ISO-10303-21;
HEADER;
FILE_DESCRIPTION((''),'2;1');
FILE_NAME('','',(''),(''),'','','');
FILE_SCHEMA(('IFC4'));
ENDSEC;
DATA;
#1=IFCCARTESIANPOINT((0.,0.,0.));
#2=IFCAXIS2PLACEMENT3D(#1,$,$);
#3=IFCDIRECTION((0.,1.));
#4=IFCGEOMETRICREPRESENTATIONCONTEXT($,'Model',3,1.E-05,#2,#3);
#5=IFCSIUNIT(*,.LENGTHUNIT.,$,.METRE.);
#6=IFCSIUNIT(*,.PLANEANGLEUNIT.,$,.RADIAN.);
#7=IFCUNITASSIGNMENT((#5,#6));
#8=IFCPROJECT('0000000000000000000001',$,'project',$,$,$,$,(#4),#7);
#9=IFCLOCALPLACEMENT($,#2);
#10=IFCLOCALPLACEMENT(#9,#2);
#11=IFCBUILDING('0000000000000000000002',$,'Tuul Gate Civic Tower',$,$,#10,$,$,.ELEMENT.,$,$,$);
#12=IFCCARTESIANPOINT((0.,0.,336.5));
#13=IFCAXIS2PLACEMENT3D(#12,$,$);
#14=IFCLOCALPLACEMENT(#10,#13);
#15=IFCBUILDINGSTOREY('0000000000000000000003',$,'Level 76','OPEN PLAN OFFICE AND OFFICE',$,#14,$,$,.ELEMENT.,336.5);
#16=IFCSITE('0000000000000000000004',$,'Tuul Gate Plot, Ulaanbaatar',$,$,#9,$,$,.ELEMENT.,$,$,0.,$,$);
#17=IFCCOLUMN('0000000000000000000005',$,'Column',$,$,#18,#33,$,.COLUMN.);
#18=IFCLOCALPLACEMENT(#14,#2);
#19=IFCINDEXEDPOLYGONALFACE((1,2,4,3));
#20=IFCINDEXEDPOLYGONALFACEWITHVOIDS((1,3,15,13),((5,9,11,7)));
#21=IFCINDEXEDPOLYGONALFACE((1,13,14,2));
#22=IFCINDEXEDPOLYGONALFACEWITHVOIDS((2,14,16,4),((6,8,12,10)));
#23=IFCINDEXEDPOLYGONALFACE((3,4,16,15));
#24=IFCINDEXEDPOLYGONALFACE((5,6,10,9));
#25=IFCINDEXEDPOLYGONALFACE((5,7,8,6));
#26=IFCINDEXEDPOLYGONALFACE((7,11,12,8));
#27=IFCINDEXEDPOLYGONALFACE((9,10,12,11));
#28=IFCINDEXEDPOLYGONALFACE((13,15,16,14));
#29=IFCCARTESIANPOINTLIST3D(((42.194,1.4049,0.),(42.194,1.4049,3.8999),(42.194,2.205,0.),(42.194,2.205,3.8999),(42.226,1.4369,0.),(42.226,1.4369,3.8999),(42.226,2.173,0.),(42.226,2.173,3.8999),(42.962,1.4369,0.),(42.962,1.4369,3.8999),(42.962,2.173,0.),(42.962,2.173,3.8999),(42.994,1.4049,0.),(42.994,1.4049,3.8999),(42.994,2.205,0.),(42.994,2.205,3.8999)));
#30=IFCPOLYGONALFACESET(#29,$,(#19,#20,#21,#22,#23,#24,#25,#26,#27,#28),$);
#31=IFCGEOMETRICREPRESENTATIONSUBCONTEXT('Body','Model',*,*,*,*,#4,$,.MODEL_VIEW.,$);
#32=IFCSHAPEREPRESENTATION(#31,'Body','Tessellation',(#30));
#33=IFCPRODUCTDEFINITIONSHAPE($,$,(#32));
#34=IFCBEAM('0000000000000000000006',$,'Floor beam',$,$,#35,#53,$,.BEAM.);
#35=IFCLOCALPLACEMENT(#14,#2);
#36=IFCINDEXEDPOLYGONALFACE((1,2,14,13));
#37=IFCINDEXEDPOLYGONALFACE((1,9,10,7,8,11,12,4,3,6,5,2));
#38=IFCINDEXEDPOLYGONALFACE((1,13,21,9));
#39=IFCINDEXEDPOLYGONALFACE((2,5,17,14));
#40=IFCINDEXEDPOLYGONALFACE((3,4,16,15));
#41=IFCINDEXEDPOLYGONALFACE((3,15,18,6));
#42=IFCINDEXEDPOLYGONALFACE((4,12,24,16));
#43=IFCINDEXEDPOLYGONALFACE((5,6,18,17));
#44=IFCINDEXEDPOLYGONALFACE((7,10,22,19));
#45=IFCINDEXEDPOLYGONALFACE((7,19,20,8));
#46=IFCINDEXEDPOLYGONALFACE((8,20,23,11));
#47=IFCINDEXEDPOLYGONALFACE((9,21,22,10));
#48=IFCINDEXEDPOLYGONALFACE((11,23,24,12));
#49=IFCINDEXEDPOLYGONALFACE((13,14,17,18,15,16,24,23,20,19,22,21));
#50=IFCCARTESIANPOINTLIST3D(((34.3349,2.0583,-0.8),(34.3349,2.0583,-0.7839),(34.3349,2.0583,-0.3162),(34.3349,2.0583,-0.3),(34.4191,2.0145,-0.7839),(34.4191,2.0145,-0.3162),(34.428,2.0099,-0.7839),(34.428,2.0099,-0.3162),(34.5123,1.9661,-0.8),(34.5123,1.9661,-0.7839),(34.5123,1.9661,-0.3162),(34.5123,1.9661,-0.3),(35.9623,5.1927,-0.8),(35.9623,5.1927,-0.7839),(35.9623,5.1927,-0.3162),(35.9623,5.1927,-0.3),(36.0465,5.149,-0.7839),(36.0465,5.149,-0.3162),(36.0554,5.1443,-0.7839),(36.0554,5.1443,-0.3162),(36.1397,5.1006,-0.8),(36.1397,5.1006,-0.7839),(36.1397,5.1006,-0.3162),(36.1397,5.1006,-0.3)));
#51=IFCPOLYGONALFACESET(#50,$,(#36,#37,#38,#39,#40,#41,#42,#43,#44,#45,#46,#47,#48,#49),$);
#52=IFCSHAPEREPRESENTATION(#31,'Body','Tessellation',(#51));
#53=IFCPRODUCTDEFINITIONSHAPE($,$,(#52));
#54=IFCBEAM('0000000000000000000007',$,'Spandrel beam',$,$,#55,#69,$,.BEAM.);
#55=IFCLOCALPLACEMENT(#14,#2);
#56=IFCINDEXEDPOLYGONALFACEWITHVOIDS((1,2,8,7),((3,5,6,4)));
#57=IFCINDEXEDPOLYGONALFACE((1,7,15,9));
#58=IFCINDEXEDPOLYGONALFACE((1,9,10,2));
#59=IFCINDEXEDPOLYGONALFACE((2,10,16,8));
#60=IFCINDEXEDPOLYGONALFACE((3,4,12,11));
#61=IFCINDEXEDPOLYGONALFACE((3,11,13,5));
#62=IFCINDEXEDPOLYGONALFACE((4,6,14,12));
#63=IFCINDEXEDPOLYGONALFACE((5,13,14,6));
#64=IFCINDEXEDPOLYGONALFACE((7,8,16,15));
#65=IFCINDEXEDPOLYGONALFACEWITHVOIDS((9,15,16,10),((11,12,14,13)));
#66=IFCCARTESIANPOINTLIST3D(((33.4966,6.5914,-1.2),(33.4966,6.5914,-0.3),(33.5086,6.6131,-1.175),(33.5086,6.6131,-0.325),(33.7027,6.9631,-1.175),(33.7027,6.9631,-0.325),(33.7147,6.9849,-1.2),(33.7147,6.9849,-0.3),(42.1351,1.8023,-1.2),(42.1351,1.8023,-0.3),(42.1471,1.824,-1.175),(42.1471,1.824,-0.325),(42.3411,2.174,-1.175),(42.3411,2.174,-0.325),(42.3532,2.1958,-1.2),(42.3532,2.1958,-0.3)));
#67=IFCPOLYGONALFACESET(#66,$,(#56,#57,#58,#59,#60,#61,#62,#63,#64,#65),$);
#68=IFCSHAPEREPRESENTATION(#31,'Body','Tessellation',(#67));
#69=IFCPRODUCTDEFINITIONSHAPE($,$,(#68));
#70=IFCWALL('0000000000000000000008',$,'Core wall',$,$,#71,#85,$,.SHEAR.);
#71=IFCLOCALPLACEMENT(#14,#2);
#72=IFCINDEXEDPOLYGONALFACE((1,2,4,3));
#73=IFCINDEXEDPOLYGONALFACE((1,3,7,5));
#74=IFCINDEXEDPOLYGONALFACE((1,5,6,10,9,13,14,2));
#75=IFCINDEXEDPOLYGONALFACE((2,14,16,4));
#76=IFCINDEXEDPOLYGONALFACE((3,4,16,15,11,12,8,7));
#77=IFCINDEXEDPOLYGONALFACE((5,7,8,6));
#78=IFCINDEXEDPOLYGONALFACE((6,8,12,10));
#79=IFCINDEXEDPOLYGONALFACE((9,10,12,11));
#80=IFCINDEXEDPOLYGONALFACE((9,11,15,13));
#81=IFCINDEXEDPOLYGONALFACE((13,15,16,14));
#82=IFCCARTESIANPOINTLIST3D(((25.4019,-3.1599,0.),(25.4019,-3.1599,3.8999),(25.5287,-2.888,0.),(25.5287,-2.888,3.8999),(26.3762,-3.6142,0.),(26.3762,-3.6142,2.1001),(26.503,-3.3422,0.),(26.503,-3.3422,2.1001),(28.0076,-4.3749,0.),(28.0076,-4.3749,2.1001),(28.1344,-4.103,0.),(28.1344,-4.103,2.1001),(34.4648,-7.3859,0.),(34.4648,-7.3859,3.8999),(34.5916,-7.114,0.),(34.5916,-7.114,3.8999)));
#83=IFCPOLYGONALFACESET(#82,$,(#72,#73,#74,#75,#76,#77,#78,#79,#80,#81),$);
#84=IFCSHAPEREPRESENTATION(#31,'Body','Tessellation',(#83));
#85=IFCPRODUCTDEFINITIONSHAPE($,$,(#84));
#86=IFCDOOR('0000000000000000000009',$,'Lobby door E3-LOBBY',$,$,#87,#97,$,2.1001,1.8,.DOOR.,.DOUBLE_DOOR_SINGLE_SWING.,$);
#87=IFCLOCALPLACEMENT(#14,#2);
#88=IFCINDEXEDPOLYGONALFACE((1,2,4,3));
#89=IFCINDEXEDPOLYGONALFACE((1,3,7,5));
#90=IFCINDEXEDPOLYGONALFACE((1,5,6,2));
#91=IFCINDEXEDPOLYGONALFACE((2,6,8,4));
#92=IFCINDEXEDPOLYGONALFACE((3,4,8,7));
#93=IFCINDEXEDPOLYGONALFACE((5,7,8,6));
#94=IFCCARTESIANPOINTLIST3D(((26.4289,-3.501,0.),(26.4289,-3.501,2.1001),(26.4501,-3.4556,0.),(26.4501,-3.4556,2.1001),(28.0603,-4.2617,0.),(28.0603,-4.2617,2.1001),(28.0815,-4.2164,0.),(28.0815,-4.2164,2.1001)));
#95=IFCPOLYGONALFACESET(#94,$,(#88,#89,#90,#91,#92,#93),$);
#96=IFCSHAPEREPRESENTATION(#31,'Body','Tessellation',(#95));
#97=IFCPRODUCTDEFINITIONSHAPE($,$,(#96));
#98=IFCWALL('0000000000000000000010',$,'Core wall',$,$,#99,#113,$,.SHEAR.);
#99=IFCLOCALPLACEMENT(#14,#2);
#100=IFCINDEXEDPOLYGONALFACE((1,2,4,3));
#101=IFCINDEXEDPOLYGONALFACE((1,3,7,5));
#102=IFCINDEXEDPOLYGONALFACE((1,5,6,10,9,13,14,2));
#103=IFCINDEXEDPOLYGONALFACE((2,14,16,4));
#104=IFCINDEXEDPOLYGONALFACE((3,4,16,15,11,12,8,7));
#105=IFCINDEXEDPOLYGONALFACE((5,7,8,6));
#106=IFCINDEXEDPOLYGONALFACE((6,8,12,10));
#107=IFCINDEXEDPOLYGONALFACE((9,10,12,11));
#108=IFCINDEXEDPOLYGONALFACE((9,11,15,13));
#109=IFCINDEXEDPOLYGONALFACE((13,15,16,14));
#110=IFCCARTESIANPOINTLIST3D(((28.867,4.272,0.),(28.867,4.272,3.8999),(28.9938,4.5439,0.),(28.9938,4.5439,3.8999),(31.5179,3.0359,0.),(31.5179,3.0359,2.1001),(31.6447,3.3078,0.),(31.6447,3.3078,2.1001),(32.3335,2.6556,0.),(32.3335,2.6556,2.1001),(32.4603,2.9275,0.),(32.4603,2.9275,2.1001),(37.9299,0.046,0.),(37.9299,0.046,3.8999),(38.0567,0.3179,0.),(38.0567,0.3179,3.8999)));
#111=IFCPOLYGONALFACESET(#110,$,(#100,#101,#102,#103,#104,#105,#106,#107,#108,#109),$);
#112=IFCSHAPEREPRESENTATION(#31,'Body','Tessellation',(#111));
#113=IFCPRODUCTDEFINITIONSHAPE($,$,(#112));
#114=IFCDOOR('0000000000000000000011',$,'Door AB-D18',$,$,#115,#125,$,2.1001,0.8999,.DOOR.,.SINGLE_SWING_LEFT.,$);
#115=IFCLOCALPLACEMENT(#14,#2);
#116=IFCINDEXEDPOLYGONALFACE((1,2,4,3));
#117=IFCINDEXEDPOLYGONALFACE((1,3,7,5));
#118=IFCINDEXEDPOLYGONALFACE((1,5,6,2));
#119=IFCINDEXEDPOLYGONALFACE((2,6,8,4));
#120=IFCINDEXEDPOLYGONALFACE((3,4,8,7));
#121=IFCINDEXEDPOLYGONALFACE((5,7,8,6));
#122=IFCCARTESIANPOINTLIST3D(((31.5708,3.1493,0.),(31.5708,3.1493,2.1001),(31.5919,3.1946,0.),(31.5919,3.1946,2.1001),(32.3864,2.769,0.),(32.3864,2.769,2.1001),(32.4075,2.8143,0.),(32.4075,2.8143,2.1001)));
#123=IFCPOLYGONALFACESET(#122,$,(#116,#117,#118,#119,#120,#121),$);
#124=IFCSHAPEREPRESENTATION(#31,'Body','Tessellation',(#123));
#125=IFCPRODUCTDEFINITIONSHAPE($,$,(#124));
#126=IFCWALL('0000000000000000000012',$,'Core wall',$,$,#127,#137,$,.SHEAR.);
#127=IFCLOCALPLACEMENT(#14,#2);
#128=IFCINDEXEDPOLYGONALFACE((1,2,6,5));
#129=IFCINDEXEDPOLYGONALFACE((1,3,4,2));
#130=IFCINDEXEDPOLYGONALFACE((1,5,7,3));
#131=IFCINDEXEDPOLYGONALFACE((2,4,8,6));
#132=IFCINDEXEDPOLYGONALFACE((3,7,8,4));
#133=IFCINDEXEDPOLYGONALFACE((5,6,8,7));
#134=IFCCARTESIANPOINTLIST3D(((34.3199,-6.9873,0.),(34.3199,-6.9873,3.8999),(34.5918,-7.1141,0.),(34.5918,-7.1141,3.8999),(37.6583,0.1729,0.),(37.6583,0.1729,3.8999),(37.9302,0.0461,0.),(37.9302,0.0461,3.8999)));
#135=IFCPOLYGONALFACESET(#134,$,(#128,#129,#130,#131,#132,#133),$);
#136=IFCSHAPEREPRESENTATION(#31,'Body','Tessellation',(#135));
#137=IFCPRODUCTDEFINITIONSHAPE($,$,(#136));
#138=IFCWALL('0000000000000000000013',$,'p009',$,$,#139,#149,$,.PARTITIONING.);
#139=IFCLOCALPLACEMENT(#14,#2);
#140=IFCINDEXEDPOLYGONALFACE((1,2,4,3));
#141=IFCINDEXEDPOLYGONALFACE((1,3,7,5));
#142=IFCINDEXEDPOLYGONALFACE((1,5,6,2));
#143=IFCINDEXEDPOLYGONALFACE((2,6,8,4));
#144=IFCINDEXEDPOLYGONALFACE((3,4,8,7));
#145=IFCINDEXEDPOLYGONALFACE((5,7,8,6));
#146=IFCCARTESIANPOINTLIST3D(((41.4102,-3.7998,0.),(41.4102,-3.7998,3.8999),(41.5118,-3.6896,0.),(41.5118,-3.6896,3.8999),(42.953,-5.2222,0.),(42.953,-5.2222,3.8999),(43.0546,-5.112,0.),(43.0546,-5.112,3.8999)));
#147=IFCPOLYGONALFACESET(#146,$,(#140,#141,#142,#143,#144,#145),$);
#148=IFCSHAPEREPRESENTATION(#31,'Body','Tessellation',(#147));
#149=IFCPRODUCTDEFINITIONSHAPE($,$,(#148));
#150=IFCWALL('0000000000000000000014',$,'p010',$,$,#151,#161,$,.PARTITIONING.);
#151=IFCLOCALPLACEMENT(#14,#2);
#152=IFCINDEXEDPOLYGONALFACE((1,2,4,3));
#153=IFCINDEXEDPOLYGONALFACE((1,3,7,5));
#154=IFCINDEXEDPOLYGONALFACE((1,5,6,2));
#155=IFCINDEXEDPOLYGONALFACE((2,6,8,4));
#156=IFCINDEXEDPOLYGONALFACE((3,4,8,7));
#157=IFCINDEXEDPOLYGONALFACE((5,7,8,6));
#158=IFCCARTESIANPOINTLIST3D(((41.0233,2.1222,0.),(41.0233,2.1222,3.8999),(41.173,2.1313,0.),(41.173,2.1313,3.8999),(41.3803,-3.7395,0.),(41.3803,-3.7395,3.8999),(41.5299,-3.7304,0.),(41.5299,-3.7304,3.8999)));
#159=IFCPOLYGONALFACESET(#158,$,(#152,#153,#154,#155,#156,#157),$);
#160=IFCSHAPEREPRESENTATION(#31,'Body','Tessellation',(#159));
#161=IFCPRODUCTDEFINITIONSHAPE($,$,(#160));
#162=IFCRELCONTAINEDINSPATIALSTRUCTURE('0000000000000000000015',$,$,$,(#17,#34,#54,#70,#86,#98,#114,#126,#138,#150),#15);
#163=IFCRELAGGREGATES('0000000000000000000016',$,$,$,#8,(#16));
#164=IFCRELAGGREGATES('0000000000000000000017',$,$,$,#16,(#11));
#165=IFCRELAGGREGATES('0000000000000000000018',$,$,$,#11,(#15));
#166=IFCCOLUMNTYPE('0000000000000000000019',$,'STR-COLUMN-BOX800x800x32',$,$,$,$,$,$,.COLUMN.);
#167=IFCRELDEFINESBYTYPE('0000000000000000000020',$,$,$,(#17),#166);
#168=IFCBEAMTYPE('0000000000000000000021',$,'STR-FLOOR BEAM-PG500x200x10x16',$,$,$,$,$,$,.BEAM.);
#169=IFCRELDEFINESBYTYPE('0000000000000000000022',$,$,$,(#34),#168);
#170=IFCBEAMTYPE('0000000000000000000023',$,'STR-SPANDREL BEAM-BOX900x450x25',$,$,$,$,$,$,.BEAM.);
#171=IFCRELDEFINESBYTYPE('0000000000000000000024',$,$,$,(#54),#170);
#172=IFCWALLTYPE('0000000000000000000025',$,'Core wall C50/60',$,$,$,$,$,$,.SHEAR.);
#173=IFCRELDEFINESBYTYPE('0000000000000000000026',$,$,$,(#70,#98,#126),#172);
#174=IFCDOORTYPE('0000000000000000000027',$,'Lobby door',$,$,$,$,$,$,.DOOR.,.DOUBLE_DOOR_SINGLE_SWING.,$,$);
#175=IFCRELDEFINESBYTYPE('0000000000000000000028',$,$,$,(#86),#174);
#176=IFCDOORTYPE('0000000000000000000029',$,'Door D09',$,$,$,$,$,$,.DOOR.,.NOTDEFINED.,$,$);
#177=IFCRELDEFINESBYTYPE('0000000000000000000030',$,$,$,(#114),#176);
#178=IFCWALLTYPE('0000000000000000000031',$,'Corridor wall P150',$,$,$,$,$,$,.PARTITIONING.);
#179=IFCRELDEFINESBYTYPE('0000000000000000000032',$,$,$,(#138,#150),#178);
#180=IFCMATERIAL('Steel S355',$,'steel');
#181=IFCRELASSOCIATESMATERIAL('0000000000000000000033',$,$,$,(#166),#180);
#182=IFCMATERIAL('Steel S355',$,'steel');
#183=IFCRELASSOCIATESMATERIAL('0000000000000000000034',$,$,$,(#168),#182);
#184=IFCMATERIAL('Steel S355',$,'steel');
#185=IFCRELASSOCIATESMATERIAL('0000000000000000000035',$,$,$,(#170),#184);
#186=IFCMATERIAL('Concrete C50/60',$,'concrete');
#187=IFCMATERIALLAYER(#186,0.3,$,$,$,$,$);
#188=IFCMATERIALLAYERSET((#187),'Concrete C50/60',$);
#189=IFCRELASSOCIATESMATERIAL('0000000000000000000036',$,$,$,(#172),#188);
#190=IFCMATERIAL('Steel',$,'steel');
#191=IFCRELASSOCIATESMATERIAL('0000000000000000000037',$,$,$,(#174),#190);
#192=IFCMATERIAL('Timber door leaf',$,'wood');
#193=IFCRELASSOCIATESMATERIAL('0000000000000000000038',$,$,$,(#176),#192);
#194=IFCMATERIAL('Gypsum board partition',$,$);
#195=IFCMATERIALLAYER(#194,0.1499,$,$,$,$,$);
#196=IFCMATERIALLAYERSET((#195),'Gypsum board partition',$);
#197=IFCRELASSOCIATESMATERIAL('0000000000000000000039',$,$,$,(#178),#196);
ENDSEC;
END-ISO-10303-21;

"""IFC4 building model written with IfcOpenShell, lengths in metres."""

from ifc_helpers import new_model, si_unit, direction, frame, frame_2d, origin, origin_2d, place, context, subcontext, project, spatial, rectangle, hollow_rectangle, i_section, extrude, material, layer, layer_set, material_profile, profile_set, type_object, element, fill, save


model = new_model("IFC4")

# Units and contexts
model_context = context("Model", 3, precision=1e-05, world=origin(), true_north=direction((0.0, 1.0)))
body_context = subcontext(model_context, "Body", "Model", "MODEL_VIEW")
ifc_project = project(units=[si_unit("LENGTHUNIT", "METRE"), si_unit("PLANEANGLEUNIT", "RADIAN")], contexts=[model_context])

# Site, building, storey
site_placement = place(None, origin())
site = spatial("IfcSite", under=ifc_project, at=site_placement, Name="Tuul Gate Plot, Ulaanbaatar", CompositionType="ELEMENT", RefElevation=0.0)
building_placement = place(site_placement, origin())
building = spatial("IfcBuilding", under=site, at=building_placement, Name="Tuul Gate Civic Tower", CompositionType="ELEMENT")
storey_placement = place(building_placement, frame((0.0, 0.0, 336.5)))
storey = spatial("IfcBuildingStorey", under=building, at=storey_placement, Name="Level 76", Description="OPEN PLAN OFFICE AND OFFICE", CompositionType="ELEMENT", Elevation=336.5)

# Column
ifc_material_1 = material(Name="Steel S355", Category="steel")
ifc_material_profile_1 = material_profile(ifc_material_1, hollow_rectangle(XDim=0.8, YDim=0.8, WallThickness=0.032, at=origin_2d()), Name="BOX800x800x32")
ifc_profile_set_1 = profile_set([ifc_material_profile_1], Name="Steel S355")
column_type = type_object("IfcColumnType", Name="STR-COLUMN-BOX800x800x32", PredefinedType="COLUMN", material=ifc_profile_set_1)
column_placement = place(storey_placement, frame((42.594, 1.8049, 0.0), z_axis=(0.0, 0.0, 1.0), x_axis=(1.0, 0.0, 0.0)))
element("IfcColumn", 1, at=column_placement, inside=storey, type_object=column_type, Name="Column", PredefinedType="COLUMN", context=body_context, shape_type="SweptSolid", body=[
    extrude(hollow_rectangle(XDim=0.8, YDim=0.8, WallThickness=0.032, at=origin_2d()), origin(), (0.0, 0.0, 1.0), 3.8999),
])

# Beams
ifc_material_2 = material(Name="Steel S355", Category="steel")
ifc_material_profile_2 = material_profile(ifc_material_2, i_section(OverallWidth=0.2, OverallDepth=0.5, WebThickness=0.01, FlangeThickness=0.0161, at=origin_2d()), Name="PG500x200x10x16")
ifc_profile_set_2 = profile_set([ifc_material_profile_2], Name="Steel S355")
beam_type_1 = type_object("IfcBeamType", Name="STR-FLOOR BEAM-PG500x200x10x16", PredefinedType="BEAM", material=ifc_profile_set_2)
beam_1_placement = place(storey_placement, frame((34.4236, 2.0122, -0.55), z_axis=(0.460793, 0.887507, 0.0), x_axis=(-0.887507, 0.460793, 0.0)))
element("IfcBeam", 2, at=beam_1_placement, inside=storey, type_object=beam_type_1, Name="Floor beam", PredefinedType="BEAM", context=body_context, shape_type="SweptSolid", body=[
    extrude(i_section(OverallWidth=0.2, OverallDepth=0.5, WebThickness=0.01, FlangeThickness=0.0161, at=origin_2d()), origin(), (0.0, 0.0, 1.0), 3.5317),
])
ifc_material_3 = material(Name="Steel S355", Category="steel")
ifc_material_profile_3 = material_profile(ifc_material_3, hollow_rectangle(XDim=0.45, YDim=0.8999, WallThickness=0.0249, at=origin_2d()), Name="BOX900x450x25")
ifc_profile_set_3 = profile_set([ifc_material_profile_3], Name="Steel S355")
beam_type_2 = type_object("IfcBeamType", Name="STR-SPANDREL BEAM-BOX900x450x25", PredefinedType="BEAM", material=ifc_profile_set_3)
beam_2_placement = place(storey_placement, frame((42.2441, 1.999, -0.75), z_axis=(-0.874589, 0.484864, 0.0), x_axis=(-0.484864, -0.874589, 0.0)))
element("IfcBeam", 3, at=beam_2_placement, inside=storey, type_object=beam_type_2, Name="Spandrel beam", PredefinedType="BEAM", context=body_context, shape_type="SweptSolid", body=[
    extrude(hollow_rectangle(XDim=0.45, YDim=0.8999, WallThickness=0.0249, at=origin_2d()), origin(), (0.0, 0.0, 1.0), 9.8772),
])

# Walls, openings, doors
ifc_material_4 = material(Name="Concrete C50/60", Category="concrete")
ifc_layer_1 = layer(ifc_material_4, 0.3)
ifc_layer_set_1 = layer_set([ifc_layer_1], Name="Concrete C50/60")
wall_type_1 = type_object("IfcWallType", Name="Core wall C50/60", PredefinedType="SHEAR", material=ifc_layer_set_1)
wall_1_placement = place(storey_placement, frame((34.5283, -7.25, 0.0), z_axis=(0.0, 0.0, 1.0), x_axis=(-0.90631, 0.422613, 0.0)))
wall_1 = element("IfcWall", 4, at=wall_1_placement, inside=storey, type_object=wall_type_1, Name="Core wall", PredefinedType="SHEAR", context=body_context, shape_type="SweptSolid", body=[
    extrude(rectangle(XDim=9.9998, YDim=0.3, at=frame_2d((5.0, 0.0))), origin(), (0.0, 0.0, 1.0), 3.8999),
])
opening_1_placement = place(wall_1_placement, frame((7.125, 0.0, 0.0)))
opening_1 = element("IfcOpeningElement", 5, at=opening_1_placement, cuts=wall_1, PredefinedType="OPENING", context=body_context, shape_type="SweptSolid", body=[
    extrude(rectangle(XDim=1.8, YDim=2.1001, at=frame_2d((0.8999, 1.05))), frame((0.0, 0.1602, 0.0), z_axis=(0.0, -1.0, 0.0), x_axis=(1.0, 0.0, 0.0)), (0.0, 0.0, 1.0), 0.3201),
])
ifc_material_5 = material(Name="Steel", Category="steel")
door_type_1 = type_object("IfcDoorType", Name="Lobby door", OperationType="DOUBLE_DOOR_SINGLE_SWING", PredefinedType="DOOR", material=ifc_material_5)
door_1_placement = place(opening_1_placement, frame((1.8, 0.0, 0.0), z_axis=(0.0, 0.0, 1.0), x_axis=(-1.0, 0.0, 0.0)))
door_1 = element("IfcDoor", 6, at=door_1_placement, inside=storey, type_object=door_type_1, Name="Lobby door E3-LOBBY", OperationType="DOUBLE_DOOR_SINGLE_SWING", OverallHeight=2.1001, OverallWidth=1.8, PredefinedType="DOOR", context=body_context, shape_type="SweptSolid", body=[
    extrude(rectangle(XDim=1.8, YDim=2.1001, at=frame_2d((0.9001, 1.05))), frame((0.0, 0.0249, 0.0), z_axis=(0.0, -1.0, 0.0), x_axis=(1.0, 0.0, 0.0)), (0.0, 0.0, 1.0), 0.05),
])
fill(opening_1, door_1)
wall_2_placement = place(storey_placement, frame((37.9934, 0.1819, 0.0), z_axis=(0.0, 0.0, 1.0), x_axis=(-0.90631, 0.422613, 0.0)))
wall_2 = element("IfcWall", 7, at=wall_2_placement, inside=storey, type_object=wall_type_1, Name="Core wall", PredefinedType="SHEAR", context=body_context, shape_type="SweptSolid", body=[
    extrude(rectangle(XDim=9.9998, YDim=0.3, at=frame_2d((5.0, 0.0))), origin(), (0.0, 0.0, 1.0), 3.8999),
])
opening_2_placement = place(wall_2_placement, frame((6.175, 0.0, 0.0)))
opening_2 = element("IfcOpeningElement", 8, at=opening_2_placement, cuts=wall_2, PredefinedType="OPENING", context=body_context, shape_type="SweptSolid", body=[
    extrude(rectangle(XDim=0.8999, YDim=2.1001, at=frame_2d((0.45, 1.05))), frame((0.0, 0.1602, 0.0), z_axis=(0.0, -1.0, 0.0), x_axis=(1.0, 0.0, 0.0)), (0.0, 0.0, 1.0), 0.3201),
])
ifc_material_6 = material(Name="Timber door leaf", Category="wood")
door_type_2 = type_object("IfcDoorType", Name="Door D09", OperationType="NOTDEFINED", PredefinedType="DOOR", material=ifc_material_6)
door_2_placement = place(opening_2_placement, origin())
door_2 = element("IfcDoor", 9, at=door_2_placement, inside=storey, type_object=door_type_2, Name="Door AB-D18", OperationType="SINGLE_SWING_LEFT", OverallHeight=2.1001, OverallWidth=0.8999, PredefinedType="DOOR", context=body_context, shape_type="SweptSolid", body=[
    extrude(rectangle(XDim=0.8999, YDim=2.1001, at=frame_2d((0.45, 1.05))), frame((0.0, 0.0249, 0.0), z_axis=(0.0, -1.0, 0.0), x_axis=(1.0, 0.0, 0.0)), (0.0, 0.0, 1.0), 0.05),
])
fill(opening_2, door_2)

# Walls
wall_3_placement = place(storey_placement, frame((34.4558, -7.0508, 0.0), z_axis=(0.0, 0.0, 1.0), x_axis=(0.422571, 0.90633, 0.0)))
element("IfcWall", 10, at=wall_3_placement, inside=storey, type_object=wall_type_1, Name="Core wall", PredefinedType="SHEAR", context=body_context, shape_type="SweptSolid", body=[
    extrude(rectangle(XDim=7.9001, YDim=0.3, at=frame_2d((3.9502, 0.0))), origin(), (0.0, 0.0, 1.0), 3.8999),
])
ifc_material_7 = material(Name="Gypsum board partition")
ifc_layer_2 = layer(ifc_material_7, 0.1499)
ifc_layer_set_2 = layer_set([ifc_layer_2], Name="Gypsum board partition")
wall_type_2 = type_object("IfcWallType", Name="Corridor wall P150", PredefinedType="PARTITIONING", material=ifc_layer_set_2)
wall_4_placement = place(storey_placement, frame((41.4609, -3.7446, 0.0), z_axis=(0.0, 0.0, 1.0), x_axis=(0.735205, -0.677845, 0.0)))
element("IfcWall", 11, at=wall_4_placement, inside=storey, type_object=wall_type_2, Name="p009", PredefinedType="PARTITIONING", context=body_context, shape_type="SweptSolid", body=[
    extrude(rectangle(XDim=2.0984, YDim=0.1499, at=frame_2d((1.0493, 0.0))), origin(), (0.0, 0.0, 1.0), 3.8999),
])
wall_5_placement = place(storey_placement, frame((41.0981, 2.1267, 0.0), z_axis=(0.0, 0.0, 1.0), x_axis=(0.060779, -0.998151, 0.0)))
element("IfcWall", 12, at=wall_5_placement, inside=storey, type_object=wall_type_2, Name="p010", PredefinedType="PARTITIONING", context=body_context, shape_type="SweptSolid", body=[
    extrude(rectangle(XDim=5.8726, YDim=0.1499, at=frame_2d((2.9363, 0.0))), origin(), (0.0, 0.0, 1.0), 3.8999),
])

save(model, "model.ifc")
